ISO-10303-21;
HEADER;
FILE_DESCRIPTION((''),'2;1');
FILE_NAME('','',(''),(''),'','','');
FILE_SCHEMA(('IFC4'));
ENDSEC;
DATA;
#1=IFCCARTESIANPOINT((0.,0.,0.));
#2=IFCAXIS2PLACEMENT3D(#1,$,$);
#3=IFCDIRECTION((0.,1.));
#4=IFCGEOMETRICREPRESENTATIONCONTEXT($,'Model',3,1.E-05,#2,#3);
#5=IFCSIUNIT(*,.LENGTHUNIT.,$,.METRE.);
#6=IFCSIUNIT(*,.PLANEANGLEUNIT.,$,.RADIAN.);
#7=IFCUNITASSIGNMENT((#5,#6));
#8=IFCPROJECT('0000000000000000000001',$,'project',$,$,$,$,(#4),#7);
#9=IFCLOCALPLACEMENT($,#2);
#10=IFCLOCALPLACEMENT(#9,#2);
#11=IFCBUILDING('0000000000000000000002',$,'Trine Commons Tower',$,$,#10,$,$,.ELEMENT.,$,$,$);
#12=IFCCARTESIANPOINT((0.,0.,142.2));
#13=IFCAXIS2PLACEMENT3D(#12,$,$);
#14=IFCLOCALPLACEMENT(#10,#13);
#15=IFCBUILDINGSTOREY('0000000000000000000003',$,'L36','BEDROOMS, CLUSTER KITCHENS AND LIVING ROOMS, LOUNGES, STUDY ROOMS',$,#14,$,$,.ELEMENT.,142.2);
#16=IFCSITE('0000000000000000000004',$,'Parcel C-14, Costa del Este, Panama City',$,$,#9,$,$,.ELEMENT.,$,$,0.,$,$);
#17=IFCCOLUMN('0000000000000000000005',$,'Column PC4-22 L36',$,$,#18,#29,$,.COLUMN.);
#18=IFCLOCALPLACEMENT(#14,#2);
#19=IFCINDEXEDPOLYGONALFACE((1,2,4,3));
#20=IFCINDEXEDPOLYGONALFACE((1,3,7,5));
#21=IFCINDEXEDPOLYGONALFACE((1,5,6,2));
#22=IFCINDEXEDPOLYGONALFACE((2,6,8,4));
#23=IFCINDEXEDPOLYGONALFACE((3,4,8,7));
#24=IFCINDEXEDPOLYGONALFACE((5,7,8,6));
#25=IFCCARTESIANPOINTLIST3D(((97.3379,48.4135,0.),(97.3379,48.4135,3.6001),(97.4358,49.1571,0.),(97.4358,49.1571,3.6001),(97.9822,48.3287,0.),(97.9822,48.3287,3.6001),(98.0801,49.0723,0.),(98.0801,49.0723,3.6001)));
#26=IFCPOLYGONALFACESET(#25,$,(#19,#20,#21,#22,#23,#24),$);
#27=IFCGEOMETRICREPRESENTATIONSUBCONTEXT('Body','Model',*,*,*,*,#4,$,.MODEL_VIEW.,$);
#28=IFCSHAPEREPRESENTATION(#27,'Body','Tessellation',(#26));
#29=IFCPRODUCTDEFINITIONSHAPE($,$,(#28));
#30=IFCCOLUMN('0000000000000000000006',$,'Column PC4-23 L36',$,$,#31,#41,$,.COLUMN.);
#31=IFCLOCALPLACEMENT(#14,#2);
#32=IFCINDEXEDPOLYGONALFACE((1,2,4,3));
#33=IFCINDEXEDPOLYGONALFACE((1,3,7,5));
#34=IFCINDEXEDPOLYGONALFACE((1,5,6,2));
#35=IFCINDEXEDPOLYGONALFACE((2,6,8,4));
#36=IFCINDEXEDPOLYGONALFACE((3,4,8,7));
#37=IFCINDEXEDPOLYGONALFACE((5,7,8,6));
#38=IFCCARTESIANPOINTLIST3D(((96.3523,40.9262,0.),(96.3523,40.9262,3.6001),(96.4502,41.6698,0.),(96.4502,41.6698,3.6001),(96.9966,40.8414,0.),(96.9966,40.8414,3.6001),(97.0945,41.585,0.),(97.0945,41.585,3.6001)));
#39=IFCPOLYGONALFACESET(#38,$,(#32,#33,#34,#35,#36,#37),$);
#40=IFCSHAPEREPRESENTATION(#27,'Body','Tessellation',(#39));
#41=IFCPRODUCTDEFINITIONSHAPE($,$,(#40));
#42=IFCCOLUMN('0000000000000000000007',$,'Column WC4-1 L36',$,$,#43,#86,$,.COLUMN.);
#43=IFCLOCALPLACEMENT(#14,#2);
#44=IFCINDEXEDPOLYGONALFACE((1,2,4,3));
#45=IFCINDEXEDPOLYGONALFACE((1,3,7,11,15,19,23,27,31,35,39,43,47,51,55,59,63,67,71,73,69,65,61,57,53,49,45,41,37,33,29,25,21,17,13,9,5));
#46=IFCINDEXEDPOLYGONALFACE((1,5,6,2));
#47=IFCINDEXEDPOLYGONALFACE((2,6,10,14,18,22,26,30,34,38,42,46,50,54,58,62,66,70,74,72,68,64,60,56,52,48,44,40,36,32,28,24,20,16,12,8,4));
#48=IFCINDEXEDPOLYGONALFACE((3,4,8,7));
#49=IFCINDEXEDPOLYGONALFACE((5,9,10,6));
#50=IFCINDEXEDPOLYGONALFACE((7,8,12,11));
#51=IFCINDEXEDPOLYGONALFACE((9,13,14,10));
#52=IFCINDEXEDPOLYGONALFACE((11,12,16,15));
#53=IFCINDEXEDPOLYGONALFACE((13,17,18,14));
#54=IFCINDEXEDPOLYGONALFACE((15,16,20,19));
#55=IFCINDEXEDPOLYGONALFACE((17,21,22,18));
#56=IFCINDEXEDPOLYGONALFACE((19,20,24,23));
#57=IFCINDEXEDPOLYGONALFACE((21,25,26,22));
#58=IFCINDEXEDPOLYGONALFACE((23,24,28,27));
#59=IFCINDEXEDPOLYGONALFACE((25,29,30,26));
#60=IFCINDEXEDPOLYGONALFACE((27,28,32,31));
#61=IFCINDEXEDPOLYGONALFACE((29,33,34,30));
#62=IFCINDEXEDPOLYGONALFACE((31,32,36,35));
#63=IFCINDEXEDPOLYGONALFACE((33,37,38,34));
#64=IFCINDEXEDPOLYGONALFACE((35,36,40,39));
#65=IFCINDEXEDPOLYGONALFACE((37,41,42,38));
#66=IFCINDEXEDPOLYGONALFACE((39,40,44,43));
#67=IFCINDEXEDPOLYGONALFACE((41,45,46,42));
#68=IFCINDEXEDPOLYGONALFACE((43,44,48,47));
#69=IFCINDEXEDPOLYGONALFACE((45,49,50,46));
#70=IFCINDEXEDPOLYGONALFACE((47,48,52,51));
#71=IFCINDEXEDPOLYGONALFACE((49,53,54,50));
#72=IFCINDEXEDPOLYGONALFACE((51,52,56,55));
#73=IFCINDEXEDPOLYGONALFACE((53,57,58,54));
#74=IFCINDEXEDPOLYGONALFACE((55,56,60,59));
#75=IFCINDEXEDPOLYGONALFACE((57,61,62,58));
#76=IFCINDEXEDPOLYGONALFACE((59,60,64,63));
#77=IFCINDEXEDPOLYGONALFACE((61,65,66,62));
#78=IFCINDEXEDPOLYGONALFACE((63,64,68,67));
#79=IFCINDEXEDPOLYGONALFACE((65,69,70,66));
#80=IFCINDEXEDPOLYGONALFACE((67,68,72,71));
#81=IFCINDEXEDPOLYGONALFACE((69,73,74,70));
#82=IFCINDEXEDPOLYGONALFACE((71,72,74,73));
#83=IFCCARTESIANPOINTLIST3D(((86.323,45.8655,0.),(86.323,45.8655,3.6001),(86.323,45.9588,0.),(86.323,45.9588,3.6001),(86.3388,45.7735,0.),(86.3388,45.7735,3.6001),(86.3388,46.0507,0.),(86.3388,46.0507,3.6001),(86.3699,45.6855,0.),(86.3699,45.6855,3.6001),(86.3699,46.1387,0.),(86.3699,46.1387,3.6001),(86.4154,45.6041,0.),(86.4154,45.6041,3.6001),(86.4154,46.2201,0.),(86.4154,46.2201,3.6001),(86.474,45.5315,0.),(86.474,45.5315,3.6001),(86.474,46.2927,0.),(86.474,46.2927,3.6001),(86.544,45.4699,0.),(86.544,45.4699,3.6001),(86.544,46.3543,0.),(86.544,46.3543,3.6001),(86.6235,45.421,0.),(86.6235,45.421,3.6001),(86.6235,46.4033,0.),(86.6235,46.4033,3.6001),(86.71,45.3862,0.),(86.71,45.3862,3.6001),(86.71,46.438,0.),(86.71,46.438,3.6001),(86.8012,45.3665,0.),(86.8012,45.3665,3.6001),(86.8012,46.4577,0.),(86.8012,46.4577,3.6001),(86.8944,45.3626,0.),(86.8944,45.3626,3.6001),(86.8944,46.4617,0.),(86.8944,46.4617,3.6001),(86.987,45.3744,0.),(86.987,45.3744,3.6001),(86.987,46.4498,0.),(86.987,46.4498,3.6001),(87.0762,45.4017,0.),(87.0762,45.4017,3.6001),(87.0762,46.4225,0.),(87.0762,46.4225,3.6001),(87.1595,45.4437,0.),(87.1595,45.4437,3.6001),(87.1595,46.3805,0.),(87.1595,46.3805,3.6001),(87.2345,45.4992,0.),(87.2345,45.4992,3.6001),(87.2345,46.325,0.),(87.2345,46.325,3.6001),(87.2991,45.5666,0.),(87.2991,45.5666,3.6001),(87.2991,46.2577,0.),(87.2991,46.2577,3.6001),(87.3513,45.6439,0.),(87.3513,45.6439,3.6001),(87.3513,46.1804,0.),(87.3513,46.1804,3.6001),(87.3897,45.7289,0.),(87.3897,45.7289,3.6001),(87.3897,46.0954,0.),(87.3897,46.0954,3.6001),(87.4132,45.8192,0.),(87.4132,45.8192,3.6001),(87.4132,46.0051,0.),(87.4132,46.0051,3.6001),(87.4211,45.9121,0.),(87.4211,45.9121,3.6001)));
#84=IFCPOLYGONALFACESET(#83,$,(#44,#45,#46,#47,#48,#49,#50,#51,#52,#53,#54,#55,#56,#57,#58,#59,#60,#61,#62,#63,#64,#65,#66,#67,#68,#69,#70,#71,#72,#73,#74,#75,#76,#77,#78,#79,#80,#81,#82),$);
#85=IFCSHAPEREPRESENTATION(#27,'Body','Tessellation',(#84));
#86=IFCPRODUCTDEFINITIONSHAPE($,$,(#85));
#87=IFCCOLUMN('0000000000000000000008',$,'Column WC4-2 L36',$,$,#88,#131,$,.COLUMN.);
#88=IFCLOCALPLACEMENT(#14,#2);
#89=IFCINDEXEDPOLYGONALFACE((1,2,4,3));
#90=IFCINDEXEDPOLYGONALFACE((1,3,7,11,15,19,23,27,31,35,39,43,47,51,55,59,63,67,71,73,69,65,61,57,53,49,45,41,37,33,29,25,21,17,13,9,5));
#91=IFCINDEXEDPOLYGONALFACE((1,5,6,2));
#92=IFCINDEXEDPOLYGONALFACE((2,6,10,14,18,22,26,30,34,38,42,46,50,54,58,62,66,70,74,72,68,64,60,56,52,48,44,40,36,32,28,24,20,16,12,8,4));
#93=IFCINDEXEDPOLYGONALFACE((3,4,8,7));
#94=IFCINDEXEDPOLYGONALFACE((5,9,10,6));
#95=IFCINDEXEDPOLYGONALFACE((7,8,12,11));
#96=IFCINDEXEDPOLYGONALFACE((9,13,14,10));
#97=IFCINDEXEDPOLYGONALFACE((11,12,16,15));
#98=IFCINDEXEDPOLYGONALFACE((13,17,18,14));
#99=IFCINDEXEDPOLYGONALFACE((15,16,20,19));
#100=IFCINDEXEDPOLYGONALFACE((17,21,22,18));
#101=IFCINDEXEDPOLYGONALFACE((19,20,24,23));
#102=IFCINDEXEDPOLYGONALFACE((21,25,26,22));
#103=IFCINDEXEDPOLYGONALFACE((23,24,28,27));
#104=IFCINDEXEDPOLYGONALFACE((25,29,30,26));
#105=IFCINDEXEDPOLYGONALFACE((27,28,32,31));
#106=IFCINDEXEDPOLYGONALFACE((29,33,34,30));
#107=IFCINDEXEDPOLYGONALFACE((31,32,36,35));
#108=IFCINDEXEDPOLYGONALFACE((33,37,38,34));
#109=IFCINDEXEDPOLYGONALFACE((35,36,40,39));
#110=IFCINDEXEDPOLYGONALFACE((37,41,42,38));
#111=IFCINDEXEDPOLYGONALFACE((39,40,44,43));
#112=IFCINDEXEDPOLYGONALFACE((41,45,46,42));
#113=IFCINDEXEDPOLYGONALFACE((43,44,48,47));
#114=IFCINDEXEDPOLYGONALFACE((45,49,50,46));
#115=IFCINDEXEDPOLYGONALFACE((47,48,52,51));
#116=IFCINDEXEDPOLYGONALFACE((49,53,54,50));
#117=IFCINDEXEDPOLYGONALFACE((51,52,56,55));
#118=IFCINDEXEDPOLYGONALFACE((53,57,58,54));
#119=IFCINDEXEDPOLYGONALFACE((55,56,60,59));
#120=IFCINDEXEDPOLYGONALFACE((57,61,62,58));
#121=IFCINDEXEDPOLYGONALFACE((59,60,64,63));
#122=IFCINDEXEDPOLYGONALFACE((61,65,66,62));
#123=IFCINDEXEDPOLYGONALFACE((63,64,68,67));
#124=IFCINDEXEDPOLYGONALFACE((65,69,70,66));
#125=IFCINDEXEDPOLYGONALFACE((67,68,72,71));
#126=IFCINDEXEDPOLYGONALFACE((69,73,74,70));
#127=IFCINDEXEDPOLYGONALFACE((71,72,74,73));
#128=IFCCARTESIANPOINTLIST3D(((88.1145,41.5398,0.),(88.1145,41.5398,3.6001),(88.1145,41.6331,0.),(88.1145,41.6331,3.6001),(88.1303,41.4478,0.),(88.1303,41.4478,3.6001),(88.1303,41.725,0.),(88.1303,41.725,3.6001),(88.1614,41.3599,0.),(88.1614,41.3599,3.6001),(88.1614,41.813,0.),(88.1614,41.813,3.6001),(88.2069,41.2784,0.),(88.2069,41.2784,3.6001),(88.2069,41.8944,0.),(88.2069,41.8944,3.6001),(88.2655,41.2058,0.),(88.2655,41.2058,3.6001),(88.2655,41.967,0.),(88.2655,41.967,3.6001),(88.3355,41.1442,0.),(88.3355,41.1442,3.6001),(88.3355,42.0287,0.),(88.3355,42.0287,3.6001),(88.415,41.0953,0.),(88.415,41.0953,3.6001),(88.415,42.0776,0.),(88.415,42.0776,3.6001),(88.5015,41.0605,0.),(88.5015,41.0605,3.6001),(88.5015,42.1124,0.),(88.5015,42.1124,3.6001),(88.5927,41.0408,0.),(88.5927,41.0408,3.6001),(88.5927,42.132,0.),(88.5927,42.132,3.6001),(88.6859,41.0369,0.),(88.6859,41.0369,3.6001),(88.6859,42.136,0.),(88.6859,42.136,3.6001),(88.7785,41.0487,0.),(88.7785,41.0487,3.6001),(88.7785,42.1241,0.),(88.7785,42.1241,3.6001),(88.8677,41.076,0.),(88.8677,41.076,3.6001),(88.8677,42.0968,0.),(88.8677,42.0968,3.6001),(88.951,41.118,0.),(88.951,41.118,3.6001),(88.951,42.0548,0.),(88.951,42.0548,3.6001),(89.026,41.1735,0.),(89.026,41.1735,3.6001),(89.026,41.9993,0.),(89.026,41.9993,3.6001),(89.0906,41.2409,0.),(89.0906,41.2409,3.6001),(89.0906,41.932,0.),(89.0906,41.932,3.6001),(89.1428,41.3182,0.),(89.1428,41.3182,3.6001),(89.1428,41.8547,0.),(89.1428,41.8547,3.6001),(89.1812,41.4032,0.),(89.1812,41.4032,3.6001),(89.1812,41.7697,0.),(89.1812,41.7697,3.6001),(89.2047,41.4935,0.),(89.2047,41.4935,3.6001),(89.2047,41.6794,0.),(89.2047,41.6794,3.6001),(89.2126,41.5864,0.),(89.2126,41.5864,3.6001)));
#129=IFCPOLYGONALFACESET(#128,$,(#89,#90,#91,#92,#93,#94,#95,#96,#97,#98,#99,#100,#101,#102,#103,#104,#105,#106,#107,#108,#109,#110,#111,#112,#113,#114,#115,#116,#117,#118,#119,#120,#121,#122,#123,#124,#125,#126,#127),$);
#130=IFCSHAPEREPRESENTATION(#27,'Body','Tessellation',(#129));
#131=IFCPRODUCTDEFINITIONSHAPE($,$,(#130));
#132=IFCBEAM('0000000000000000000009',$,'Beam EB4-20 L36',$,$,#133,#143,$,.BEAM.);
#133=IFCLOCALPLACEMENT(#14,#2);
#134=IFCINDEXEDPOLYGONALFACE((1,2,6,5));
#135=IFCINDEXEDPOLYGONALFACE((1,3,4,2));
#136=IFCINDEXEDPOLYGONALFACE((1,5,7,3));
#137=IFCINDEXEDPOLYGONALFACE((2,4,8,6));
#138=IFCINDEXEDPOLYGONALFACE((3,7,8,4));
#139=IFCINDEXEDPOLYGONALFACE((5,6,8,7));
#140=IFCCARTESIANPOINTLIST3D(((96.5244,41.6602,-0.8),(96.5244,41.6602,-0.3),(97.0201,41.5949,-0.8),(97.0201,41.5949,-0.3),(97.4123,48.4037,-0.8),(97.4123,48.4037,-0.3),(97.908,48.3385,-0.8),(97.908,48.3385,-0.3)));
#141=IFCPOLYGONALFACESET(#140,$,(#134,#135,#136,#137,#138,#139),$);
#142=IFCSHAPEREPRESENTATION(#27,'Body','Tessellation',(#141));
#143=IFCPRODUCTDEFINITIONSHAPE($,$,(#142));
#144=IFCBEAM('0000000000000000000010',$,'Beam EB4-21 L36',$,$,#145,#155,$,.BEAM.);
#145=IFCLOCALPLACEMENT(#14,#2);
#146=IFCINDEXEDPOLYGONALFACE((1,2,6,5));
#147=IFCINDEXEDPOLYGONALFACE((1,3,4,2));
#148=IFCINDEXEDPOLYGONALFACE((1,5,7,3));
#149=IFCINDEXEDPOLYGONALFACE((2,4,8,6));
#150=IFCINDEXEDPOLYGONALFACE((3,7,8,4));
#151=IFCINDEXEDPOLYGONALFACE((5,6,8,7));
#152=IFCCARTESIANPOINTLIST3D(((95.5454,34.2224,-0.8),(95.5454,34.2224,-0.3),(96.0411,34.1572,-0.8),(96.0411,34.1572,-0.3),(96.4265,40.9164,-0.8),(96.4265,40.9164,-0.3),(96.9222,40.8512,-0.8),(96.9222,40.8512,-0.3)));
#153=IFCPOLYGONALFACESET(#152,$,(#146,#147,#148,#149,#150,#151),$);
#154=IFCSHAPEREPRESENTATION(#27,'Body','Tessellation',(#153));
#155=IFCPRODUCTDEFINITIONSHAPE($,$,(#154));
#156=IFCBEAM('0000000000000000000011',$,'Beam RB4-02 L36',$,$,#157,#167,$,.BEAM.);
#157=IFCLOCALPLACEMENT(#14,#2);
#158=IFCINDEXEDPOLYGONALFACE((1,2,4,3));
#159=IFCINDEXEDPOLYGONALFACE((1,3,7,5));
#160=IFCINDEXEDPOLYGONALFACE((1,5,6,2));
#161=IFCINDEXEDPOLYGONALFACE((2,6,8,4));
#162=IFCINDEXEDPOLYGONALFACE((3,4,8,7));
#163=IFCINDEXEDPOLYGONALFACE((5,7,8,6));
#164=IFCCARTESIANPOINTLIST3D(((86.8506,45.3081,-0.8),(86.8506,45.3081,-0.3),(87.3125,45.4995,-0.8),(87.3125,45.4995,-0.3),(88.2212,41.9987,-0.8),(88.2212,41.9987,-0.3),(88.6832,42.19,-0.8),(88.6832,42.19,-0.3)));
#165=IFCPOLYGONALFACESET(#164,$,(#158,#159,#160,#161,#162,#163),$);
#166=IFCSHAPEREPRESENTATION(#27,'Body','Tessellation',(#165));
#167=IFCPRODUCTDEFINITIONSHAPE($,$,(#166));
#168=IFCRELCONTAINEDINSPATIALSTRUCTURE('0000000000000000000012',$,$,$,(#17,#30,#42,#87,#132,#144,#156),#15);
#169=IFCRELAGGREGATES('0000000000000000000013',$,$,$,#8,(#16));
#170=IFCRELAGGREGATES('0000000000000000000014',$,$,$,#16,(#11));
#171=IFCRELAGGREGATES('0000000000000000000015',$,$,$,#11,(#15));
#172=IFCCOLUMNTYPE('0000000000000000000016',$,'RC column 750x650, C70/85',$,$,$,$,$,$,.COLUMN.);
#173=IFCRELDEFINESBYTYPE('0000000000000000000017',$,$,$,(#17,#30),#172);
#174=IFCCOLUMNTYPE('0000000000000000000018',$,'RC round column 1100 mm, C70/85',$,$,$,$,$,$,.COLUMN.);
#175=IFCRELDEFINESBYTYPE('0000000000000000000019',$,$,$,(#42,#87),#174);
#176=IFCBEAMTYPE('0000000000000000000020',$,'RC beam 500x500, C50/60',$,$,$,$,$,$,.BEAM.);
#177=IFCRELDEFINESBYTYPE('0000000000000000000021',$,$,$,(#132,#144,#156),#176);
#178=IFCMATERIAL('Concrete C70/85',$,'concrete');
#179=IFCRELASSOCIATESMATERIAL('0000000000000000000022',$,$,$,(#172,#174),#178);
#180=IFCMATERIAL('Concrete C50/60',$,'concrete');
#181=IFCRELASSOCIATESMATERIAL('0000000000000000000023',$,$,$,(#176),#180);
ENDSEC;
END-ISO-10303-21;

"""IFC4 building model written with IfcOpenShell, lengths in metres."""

from ifc_helpers import new_model, si_unit, direction, frame, origin, origin_2d, place, context, subcontext, project, spatial, rectangle, circle, extrude, material, material_profile, profile_set, type_object, element, save


model = new_model("IFC4")

# Units and contexts
model_context = context("Model", 3, precision=1e-05, world=origin(), true_north=direction((0.0, 1.0)))
body_context = subcontext(model_context, "Body", "Model", "MODEL_VIEW")
ifc_project = project(units=[si_unit("LENGTHUNIT", "METRE"), si_unit("PLANEANGLEUNIT", "RADIAN")], contexts=[model_context])

# Site, building, storey
site_placement = place(None, origin())
site = spatial("IfcSite", under=ifc_project, at=site_placement, Name="Parcel C-14, Costa del Este, Panama City", CompositionType="ELEMENT", RefElevation=0.0)
building_placement = place(site_placement, origin())
building = spatial("IfcBuilding", under=site, at=building_placement, Name="Trine Commons Tower", CompositionType="ELEMENT")
storey_placement = place(building_placement, frame((0.0, 0.0, 142.2)))
storey = spatial("IfcBuildingStorey", under=building, at=storey_placement, Name="L36", Description="BEDROOMS, CLUSTER KITCHENS AND LIVING ROOMS, LOUNGES, STUDY ROOMS", CompositionType="ELEMENT", Elevation=142.2)

# Columns
ifc_material_1 = material(Name="Concrete C70/85", Category="concrete")
ifc_material_profile_1 = material_profile(ifc_material_1, rectangle(XDim=0.75, YDim=0.6499, at=origin_2d()), Name="RC 750x650")
ifc_profile_set_1 = profile_set([ifc_material_profile_1], Name="Concrete C70/85")
column_type_1 = type_object("IfcColumnType", Name="RC column 750x650, C70/85", PredefinedType="COLUMN", material=ifc_profile_set_1)
for number, where, z_axis, x_axis, name in (
    (1, (97.709, 48.7429, 0.0), (0.0, 0.0, 1.0), (0.130526, 0.991445, 0.0), "Column PC4-22 L36"),
    (2, (96.7234, 41.2556, 0.0), (0.0, 0.0, 1.0), (0.130526, 0.991445, 0.0), "Column PC4-23 L36"),
):
    element("IfcColumn", number, at=place(storey_placement, frame(where, z_axis=z_axis, x_axis=x_axis)), inside=storey, type_object=column_type_1, Name=name, PredefinedType="COLUMN", context=body_context, shape_type="SweptSolid", body=[
        extrude(rectangle(XDim=0.75, YDim=0.6499, at=origin_2d()), origin(), (0.0, 0.0, 1.0), 3.6001),
    ])
ifc_material_profile_2 = material_profile(ifc_material_1, circle(Radius=0.55, at=origin_2d()), Name="RC round 1100")
ifc_profile_set_2 = profile_set([ifc_material_profile_2], Name="Concrete C70/85")
column_type_2 = type_object("IfcColumnType", Name="RC round column 1100 mm, C70/85", PredefinedType="COLUMN", material=ifc_profile_set_2)
for number, where, z_axis, x_axis, name in (
    (3, (86.8711, 45.9121, 0.0), (0.0, 0.0, 1.0), (1.0, 0.0, 0.0), "Column WC4-1 L36"),
    (4, (88.6626, 41.5864, 0.0), (0.0, 0.0, 1.0), (1.0, 0.0, 0.0), "Column WC4-2 L36"),
):
    element("IfcColumn", number, at=place(storey_placement, frame(where, z_axis=z_axis, x_axis=x_axis)), inside=storey, type_object=column_type_2, Name=name, PredefinedType="COLUMN", context=body_context, shape_type="SweptSolid", body=[
        extrude(circle(Radius=0.55, at=origin_2d()), origin(), (0.0, 0.0, 1.0), 3.6001),
    ])

# Beams
ifc_material_2 = material(Name="Concrete C50/60", Category="concrete")
ifc_material_profile_3 = material_profile(ifc_material_2, rectangle(XDim=0.5, YDim=0.5, at=origin_2d()), Name="RC 500x500")
ifc_profile_set_3 = profile_set([ifc_material_profile_3], Name="Concrete C50/60")
beam_type = type_object("IfcBeamType", Name="RC beam 500x500, C50/60", PredefinedType="BEAM", material=ifc_profile_set_3)
beam_1_placement = place(storey_placement, frame((97.6602, 48.3711, -0.55), z_axis=(-0.130544, -0.991443, 0.0), x_axis=(0.991443, -0.130544, 0.0)))
element("IfcBeam", 5, at=beam_1_placement, inside=storey, type_object=beam_type, Name="Beam EB4-20 L36", PredefinedType="BEAM", context=body_context, shape_type="SweptSolid", body=[
    extrude(rectangle(XDim=0.5, YDim=0.5, at=origin_2d()), origin(), (0.0, 0.0, 1.0), 6.8018),
])
beam_2_placement = place(storey_placement, frame((96.6743, 40.8838, -0.55), z_axis=(-0.130498, -0.991449, 0.0), x_axis=(0.991449, -0.130498, 0.0)))
element("IfcBeam", 6, at=beam_2_placement, inside=storey, type_object=beam_type, Name="Beam EB4-21 L36", PredefinedType="BEAM", context=body_context, shape_type="SweptSolid", body=[
    extrude(rectangle(XDim=0.5, YDim=0.5, at=origin_2d()), origin(), (0.0, 0.0, 1.0), 6.7517),
])
beam_3_placement = place(storey_placement, frame((87.0815, 45.4038, -0.55), z_axis=(0.382645, -0.923896, 0.0), x_axis=(0.923896, 0.382645, 0.0)))
element("IfcBeam", 7, at=beam_3_placement, inside=storey, type_object=beam_type, Name="Beam RB4-02 L36", PredefinedType="BEAM", context=body_context, shape_type="SweptSolid", body=[
    extrude(rectangle(XDim=0.5, YDim=0.5, at=origin_2d()), origin(), (0.0, 0.0, 1.0), 3.582),
])

save(model, "model.ifc")
